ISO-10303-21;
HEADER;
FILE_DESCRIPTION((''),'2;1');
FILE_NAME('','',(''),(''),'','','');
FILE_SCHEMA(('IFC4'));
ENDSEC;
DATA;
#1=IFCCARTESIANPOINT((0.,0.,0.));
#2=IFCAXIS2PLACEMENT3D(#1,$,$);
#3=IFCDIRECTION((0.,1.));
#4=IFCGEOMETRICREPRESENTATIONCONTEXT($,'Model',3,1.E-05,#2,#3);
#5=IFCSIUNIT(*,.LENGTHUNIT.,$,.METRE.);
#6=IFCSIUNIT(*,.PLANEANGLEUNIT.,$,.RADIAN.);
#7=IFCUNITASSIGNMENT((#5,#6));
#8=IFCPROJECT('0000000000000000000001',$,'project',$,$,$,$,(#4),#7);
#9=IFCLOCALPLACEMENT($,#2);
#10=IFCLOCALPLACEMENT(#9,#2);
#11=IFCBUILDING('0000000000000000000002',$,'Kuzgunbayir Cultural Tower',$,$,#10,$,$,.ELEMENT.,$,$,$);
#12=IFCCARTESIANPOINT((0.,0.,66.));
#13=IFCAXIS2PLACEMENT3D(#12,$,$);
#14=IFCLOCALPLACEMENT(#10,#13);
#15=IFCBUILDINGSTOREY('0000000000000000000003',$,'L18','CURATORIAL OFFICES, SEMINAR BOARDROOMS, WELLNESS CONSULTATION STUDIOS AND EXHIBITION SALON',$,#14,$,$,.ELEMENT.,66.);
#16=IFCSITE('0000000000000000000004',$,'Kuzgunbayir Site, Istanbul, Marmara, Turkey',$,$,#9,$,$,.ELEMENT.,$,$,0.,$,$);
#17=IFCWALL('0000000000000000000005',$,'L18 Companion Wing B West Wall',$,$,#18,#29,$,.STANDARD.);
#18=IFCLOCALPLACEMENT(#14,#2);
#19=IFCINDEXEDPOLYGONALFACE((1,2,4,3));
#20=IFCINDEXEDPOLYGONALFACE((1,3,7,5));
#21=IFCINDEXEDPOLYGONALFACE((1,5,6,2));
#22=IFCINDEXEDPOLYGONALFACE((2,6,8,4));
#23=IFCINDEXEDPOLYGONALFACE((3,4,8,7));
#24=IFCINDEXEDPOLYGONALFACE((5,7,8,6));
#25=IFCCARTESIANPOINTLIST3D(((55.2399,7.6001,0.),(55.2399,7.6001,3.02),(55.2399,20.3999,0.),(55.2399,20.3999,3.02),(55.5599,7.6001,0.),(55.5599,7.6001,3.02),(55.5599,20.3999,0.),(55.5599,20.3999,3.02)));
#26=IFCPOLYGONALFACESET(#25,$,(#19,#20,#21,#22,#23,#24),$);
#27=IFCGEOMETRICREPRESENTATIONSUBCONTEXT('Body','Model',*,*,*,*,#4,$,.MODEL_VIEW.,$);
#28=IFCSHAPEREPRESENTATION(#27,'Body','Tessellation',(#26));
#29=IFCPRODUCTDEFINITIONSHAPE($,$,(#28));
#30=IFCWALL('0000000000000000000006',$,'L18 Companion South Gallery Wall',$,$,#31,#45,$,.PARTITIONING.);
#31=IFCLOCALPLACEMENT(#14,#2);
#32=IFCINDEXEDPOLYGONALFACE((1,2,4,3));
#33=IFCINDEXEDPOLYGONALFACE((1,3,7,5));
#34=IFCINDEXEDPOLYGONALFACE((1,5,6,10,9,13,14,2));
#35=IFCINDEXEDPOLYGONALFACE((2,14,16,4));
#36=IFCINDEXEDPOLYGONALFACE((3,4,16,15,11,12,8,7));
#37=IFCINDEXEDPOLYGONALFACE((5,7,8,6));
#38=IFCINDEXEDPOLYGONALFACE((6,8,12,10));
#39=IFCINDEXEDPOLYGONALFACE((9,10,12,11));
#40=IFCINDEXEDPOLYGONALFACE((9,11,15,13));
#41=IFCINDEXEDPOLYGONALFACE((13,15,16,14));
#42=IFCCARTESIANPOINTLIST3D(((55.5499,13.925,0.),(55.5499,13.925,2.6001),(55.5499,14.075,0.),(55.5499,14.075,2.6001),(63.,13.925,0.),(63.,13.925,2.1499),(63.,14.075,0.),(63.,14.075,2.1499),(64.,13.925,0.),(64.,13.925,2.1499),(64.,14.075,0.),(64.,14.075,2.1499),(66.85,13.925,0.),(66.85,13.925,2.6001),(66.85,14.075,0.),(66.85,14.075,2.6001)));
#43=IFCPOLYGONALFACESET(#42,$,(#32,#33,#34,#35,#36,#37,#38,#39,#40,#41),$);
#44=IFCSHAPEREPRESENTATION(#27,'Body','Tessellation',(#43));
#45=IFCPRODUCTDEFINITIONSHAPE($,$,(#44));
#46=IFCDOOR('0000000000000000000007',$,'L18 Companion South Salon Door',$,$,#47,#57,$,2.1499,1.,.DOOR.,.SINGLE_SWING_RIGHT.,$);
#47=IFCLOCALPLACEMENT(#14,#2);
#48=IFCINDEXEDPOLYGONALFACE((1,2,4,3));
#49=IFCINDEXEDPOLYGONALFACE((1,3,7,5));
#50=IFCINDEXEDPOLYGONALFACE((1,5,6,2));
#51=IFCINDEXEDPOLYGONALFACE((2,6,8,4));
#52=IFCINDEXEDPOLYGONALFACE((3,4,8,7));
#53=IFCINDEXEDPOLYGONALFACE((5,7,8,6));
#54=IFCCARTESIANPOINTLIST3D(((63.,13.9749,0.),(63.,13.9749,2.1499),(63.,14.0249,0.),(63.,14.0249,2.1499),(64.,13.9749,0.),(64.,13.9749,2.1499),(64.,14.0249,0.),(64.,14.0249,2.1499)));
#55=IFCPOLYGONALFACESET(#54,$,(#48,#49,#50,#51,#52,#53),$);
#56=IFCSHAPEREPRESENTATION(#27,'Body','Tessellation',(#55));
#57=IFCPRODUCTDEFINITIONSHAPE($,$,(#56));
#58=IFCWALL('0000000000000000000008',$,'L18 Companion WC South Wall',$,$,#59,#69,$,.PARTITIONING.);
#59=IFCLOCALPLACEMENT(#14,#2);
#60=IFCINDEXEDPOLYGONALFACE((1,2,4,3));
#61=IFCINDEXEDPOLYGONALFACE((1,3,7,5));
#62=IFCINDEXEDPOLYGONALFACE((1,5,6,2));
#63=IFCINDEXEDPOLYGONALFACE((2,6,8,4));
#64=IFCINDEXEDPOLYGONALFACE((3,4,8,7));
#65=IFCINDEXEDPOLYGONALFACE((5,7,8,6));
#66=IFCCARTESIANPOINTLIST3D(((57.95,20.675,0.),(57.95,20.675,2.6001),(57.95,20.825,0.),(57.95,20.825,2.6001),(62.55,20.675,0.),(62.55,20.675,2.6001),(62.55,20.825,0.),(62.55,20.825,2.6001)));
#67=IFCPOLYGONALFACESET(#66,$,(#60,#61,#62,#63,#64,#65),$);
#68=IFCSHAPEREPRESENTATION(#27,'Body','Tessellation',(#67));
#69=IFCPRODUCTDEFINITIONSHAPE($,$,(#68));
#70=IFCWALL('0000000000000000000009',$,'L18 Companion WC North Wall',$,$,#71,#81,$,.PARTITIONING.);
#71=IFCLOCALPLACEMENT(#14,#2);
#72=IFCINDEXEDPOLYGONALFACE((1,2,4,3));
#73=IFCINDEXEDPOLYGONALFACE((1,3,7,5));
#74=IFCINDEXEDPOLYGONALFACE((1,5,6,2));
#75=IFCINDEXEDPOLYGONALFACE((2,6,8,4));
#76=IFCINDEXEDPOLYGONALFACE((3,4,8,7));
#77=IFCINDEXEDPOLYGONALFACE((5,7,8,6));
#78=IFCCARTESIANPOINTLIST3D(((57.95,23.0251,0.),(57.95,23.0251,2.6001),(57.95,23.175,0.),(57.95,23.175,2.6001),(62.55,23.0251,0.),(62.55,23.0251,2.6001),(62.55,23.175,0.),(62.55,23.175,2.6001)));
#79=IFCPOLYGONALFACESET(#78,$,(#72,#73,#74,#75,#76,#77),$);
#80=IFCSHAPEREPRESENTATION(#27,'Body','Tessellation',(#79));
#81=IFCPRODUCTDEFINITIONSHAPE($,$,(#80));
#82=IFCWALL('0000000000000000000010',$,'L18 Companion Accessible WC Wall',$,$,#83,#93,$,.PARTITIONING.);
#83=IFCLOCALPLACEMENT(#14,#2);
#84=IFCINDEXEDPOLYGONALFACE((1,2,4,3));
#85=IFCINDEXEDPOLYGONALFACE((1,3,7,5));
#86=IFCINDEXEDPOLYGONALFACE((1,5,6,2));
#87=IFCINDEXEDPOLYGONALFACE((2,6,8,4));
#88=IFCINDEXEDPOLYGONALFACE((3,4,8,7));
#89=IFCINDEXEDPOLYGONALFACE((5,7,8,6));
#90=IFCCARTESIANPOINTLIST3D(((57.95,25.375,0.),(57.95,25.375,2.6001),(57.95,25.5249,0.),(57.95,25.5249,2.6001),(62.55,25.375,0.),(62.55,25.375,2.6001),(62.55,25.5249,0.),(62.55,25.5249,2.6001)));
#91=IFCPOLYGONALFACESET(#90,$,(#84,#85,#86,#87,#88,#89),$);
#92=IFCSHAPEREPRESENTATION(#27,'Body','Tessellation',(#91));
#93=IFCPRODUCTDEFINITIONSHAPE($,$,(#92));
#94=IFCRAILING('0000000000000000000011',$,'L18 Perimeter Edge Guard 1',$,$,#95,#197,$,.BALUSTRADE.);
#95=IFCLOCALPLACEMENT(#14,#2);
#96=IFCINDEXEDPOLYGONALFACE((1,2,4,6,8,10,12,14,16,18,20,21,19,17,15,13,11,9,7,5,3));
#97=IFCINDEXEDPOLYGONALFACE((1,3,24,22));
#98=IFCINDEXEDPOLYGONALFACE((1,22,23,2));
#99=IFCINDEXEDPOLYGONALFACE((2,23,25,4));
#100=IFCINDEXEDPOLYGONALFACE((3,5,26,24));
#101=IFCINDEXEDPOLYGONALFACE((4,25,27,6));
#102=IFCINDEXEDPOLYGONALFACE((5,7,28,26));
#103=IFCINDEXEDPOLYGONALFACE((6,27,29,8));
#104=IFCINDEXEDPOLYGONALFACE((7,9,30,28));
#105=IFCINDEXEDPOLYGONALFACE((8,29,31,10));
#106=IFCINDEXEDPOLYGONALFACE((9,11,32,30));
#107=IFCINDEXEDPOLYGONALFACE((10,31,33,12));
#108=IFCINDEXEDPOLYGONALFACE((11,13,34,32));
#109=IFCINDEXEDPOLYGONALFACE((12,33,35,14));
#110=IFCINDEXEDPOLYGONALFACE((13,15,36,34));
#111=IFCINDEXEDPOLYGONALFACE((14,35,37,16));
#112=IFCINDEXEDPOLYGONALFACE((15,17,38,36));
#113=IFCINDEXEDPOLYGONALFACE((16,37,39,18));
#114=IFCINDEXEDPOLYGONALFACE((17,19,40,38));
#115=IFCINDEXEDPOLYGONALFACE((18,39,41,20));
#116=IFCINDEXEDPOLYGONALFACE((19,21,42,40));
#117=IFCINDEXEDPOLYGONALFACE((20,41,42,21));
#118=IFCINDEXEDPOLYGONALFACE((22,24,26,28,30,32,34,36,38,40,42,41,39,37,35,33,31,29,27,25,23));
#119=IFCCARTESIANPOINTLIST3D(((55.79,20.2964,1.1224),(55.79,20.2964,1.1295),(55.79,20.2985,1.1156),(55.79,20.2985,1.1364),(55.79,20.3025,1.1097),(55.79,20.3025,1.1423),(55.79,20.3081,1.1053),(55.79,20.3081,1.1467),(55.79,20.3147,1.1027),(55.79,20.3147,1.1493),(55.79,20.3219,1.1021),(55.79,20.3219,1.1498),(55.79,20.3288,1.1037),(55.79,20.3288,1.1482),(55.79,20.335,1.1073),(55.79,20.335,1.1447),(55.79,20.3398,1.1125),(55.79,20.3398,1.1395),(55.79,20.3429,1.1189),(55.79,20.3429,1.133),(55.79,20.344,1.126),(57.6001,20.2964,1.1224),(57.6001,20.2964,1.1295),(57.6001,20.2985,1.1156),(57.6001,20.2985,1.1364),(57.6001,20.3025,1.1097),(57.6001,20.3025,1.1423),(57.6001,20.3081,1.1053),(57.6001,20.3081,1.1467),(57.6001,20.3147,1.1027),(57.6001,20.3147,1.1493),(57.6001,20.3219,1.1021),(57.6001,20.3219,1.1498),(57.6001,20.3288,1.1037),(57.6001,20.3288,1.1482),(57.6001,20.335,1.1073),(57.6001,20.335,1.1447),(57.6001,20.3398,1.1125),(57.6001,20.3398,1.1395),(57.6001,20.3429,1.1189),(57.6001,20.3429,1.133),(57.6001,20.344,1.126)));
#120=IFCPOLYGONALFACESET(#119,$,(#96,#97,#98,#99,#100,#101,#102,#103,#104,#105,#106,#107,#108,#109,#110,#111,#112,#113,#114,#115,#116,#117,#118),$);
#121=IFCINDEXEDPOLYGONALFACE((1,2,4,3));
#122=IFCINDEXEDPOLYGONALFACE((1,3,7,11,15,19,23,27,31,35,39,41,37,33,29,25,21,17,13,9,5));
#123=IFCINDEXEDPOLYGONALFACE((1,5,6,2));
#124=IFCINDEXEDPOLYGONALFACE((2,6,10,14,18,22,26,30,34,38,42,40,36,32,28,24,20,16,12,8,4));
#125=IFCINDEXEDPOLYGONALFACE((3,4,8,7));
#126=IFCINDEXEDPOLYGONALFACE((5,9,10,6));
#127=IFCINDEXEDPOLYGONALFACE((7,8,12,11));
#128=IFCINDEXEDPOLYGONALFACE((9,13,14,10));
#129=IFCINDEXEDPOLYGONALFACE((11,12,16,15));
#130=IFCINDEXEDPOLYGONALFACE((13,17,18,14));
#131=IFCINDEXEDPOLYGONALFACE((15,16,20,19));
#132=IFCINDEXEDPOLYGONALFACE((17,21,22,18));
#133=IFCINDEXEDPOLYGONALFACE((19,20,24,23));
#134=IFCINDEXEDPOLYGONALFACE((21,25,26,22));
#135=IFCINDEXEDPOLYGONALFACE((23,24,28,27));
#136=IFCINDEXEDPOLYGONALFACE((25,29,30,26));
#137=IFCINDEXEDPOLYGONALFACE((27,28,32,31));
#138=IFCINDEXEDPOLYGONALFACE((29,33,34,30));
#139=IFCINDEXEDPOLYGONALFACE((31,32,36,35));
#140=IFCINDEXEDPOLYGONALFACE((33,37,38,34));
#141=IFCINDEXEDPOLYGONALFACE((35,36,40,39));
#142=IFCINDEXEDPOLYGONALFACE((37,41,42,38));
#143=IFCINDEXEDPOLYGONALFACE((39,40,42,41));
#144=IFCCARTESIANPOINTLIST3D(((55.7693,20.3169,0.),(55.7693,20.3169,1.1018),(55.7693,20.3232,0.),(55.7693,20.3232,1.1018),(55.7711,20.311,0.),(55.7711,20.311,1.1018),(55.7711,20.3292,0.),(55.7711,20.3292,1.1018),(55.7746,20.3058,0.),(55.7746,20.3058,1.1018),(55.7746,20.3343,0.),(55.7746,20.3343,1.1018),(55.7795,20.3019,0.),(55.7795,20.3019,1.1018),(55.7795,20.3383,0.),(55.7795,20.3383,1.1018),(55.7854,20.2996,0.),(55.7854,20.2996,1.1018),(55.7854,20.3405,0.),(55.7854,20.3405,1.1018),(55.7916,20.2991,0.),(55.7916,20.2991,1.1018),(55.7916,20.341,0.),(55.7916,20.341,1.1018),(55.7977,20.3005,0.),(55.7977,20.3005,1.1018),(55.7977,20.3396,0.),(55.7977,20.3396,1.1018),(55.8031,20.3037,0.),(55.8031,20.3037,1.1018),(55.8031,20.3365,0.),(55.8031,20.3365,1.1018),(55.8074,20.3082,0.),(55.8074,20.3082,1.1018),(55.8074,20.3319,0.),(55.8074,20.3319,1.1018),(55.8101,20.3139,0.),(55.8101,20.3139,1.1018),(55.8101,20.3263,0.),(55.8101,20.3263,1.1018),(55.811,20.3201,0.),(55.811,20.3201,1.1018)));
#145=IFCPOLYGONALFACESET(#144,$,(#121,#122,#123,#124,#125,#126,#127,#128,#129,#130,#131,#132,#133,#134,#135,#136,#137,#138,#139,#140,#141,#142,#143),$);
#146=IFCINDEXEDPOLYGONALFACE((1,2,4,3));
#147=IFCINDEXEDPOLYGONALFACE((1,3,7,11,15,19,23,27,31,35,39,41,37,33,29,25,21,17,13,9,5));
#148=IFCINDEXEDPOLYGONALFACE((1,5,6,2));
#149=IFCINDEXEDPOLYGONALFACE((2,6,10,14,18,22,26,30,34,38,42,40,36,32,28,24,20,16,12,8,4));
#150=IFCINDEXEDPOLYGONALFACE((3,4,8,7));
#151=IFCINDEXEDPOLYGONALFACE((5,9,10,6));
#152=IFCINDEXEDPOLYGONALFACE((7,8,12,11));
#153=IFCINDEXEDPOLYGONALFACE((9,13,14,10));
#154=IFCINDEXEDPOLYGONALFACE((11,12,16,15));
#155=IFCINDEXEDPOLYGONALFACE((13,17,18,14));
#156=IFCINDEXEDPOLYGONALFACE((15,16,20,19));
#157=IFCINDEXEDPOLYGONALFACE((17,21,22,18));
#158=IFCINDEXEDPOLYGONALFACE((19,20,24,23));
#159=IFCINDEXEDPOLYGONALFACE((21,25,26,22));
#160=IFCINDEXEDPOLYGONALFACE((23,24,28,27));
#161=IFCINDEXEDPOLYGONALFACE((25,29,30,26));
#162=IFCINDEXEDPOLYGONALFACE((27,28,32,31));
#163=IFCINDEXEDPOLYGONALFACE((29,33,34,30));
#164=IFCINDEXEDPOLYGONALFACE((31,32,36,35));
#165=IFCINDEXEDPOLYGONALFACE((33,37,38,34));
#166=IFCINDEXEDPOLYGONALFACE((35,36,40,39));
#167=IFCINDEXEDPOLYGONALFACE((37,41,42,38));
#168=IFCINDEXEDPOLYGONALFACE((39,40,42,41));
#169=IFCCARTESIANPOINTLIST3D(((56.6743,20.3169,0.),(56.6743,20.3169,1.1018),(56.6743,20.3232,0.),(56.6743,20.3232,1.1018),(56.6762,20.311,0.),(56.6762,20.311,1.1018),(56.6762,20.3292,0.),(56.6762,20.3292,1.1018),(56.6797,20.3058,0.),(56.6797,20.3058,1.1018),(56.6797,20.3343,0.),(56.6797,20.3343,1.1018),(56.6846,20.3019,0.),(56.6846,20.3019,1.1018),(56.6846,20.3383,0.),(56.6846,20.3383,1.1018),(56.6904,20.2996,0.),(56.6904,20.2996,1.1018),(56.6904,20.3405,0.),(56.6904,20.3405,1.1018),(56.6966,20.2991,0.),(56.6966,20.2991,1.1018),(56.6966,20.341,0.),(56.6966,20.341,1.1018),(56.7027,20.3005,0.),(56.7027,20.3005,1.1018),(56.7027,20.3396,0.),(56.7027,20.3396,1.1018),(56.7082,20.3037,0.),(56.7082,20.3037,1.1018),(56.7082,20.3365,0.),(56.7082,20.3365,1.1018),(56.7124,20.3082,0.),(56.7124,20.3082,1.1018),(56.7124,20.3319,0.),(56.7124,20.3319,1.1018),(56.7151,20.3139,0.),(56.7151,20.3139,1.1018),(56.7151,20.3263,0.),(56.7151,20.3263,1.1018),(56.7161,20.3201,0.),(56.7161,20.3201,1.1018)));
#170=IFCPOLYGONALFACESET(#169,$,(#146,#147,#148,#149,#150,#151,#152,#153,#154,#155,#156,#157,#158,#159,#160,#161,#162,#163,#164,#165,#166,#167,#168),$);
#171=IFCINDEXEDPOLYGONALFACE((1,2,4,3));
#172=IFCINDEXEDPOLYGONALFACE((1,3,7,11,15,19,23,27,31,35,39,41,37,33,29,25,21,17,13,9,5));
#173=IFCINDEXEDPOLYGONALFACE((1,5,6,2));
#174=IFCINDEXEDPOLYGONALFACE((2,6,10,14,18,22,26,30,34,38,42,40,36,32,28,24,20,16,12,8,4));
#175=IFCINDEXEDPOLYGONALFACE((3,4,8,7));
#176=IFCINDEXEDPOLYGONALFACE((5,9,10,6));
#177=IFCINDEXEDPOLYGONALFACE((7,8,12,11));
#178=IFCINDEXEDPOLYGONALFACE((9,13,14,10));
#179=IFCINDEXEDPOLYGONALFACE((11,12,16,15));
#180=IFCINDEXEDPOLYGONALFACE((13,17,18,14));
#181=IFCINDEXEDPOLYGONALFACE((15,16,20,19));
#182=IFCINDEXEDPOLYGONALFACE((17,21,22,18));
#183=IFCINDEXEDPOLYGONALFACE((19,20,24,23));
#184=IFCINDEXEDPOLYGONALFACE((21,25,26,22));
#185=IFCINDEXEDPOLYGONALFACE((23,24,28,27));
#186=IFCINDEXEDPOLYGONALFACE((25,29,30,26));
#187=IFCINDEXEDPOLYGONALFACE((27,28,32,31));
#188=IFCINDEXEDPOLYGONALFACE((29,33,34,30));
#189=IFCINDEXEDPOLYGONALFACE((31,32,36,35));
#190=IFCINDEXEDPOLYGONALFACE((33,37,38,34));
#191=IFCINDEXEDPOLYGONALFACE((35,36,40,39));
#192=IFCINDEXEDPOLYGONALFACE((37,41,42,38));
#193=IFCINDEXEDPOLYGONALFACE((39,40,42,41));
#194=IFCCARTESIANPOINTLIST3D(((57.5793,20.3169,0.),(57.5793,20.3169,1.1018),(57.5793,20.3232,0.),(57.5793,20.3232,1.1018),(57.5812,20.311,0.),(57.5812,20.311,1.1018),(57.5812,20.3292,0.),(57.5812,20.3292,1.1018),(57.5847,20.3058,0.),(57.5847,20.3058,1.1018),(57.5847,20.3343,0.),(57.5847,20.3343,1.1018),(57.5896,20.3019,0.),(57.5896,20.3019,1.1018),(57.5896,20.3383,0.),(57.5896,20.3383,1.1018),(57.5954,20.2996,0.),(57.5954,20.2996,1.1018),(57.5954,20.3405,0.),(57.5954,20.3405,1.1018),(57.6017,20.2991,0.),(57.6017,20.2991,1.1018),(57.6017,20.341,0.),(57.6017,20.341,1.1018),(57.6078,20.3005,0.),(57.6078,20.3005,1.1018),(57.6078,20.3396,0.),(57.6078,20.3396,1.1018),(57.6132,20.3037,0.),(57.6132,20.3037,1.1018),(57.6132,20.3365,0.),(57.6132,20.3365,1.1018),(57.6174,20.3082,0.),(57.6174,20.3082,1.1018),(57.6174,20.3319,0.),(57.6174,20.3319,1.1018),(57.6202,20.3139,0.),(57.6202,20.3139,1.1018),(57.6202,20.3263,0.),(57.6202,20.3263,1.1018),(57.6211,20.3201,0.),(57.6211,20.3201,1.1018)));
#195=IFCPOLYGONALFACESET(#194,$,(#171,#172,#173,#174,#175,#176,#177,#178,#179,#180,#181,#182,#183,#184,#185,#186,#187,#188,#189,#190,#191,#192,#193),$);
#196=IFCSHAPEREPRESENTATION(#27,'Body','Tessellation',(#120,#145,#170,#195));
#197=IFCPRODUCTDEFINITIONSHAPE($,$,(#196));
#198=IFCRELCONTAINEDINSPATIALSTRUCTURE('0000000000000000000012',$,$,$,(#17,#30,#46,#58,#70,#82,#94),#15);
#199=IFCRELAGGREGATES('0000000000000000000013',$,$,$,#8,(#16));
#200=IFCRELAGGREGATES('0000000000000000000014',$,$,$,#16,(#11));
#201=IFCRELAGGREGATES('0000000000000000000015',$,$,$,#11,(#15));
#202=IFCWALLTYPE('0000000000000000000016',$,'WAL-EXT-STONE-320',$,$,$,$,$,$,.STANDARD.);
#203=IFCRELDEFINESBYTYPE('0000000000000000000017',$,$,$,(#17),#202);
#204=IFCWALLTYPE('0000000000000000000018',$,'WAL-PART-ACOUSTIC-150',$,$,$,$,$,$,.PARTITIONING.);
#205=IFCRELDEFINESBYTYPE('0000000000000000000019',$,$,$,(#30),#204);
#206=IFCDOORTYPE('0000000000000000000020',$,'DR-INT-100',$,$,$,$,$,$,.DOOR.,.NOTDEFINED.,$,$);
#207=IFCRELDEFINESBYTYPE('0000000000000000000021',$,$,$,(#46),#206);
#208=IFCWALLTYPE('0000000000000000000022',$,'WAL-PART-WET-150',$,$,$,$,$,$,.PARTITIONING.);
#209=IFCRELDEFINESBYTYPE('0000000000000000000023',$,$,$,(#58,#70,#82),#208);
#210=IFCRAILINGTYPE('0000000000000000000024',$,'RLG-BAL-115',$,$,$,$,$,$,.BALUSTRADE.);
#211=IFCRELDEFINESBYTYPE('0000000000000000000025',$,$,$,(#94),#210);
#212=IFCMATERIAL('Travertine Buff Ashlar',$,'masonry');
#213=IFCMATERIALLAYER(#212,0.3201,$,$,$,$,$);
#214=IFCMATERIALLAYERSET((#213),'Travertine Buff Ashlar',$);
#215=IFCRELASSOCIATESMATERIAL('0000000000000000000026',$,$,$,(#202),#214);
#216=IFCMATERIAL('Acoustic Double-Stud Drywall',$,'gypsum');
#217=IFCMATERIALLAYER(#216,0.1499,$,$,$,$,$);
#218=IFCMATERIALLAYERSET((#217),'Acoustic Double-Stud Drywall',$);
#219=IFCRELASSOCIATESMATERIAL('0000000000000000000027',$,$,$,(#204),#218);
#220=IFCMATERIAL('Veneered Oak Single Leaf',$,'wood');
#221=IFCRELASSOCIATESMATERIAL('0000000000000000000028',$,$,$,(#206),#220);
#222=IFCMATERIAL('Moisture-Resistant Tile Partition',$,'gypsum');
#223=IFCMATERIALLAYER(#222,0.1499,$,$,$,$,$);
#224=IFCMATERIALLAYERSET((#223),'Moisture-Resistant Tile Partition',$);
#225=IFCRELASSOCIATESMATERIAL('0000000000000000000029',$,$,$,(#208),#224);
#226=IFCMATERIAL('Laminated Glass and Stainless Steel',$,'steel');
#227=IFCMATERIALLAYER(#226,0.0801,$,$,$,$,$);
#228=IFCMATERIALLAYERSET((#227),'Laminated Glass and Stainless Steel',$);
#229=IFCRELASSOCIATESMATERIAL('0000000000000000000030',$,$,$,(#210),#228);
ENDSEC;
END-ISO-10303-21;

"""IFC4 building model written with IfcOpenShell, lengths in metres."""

from ifc_helpers import new_model, si_unit, direction, frame, frame_2d, origin, origin_2d, place, context, subcontext, project, spatial, rectangle, circle, extrude, material, layer, layer_set, type_object, element, fill, save


model = new_model("IFC4")

# Units and contexts
model_context = context("Model", 3, precision=1e-05, world=origin(), true_north=direction((0.0, 1.0)))
body_context = subcontext(model_context, "Body", "Model", "MODEL_VIEW")
ifc_project = project(units=[si_unit("LENGTHUNIT", "METRE"), si_unit("PLANEANGLEUNIT", "RADIAN")], contexts=[model_context])

# Site, building, storey
site_placement = place(None, origin())
site = spatial("IfcSite", under=ifc_project, at=site_placement, Name="Kuzgunbayir Site, Istanbul, Marmara, Turkey", CompositionType="ELEMENT", RefElevation=0.0)
building_placement = place(site_placement, origin())
building = spatial("IfcBuilding", under=site, at=building_placement, Name="Kuzgunbayir Cultural Tower", CompositionType="ELEMENT")
storey_placement = place(building_placement, frame((0.0, 0.0, 66.0)))
storey = spatial("IfcBuildingStorey", under=building, at=storey_placement, Name="L18", Description="CURATORIAL OFFICES, SEMINAR BOARDROOMS, WELLNESS CONSULTATION STUDIOS AND EXHIBITION SALON", CompositionType="ELEMENT", Elevation=66.0)

# Shared definitions
ifc_material_1 = material(Name="Travertine Buff Ashlar", Category="masonry")
ifc_layer_1 = layer(ifc_material_1, 0.3201)
ifc_layer_set_1 = layer_set([ifc_layer_1], Name="Travertine Buff Ashlar")
wall_type_1 = type_object("IfcWallType", Name="WAL-EXT-STONE-320", PredefinedType="STANDARD", material=ifc_layer_set_1)

# Wall
wall_1_placement = place(storey_placement, frame((55.3999, 20.3999, 0.0), z_axis=(0.0, 0.0, 1.0), x_axis=(0.0, -1.0, 0.0)))
element("IfcWall", 1, at=wall_1_placement, inside=storey, type_object=wall_type_1, Name="L18 Companion Wing B West Wall", PredefinedType="STANDARD", context=body_context, shape_type="SweptSolid", body=[
    extrude(rectangle(XDim=12.7998, YDim=0.3201, at=frame_2d((6.3999, 0.0))), origin(), (0.0, 0.0, 1.0), 3.02),
])

# Wall, opening, door
ifc_material_2 = material(Name="Acoustic Double-Stud Drywall", Category="gypsum")
ifc_layer_2 = layer(ifc_material_2, 0.1499)
ifc_layer_set_2 = layer_set([ifc_layer_2], Name="Acoustic Double-Stud Drywall")
wall_type_2 = type_object("IfcWallType", Name="WAL-PART-ACOUSTIC-150", PredefinedType="PARTITIONING", material=ifc_layer_set_2)
wall_2_placement = place(storey_placement, frame((55.55, 14.0, 0.0), z_axis=(0.0, 0.0, 1.0), x_axis=(1.0, 0.0, 0.0)))
wall_2 = element("IfcWall", 2, at=wall_2_placement, inside=storey, type_object=wall_type_2, Name="L18 Companion South Gallery Wall", PredefinedType="PARTITIONING", context=body_context, shape_type="SweptSolid", body=[
    extrude(rectangle(XDim=11.3, YDim=0.1499, at=frame_2d((5.6499, 0.0))), origin(), (0.0, 0.0, 1.0), 2.6001),
])
opening_1_placement = place(wall_2_placement, frame((7.45, 0.0, 0.0)))
opening_1 = element("IfcOpeningElement", 3, at=opening_1_placement, cuts=wall_2, PredefinedType="OPENING", context=body_context, shape_type="SweptSolid", body=[
    extrude(rectangle(XDim=1.0, YDim=2.1499, at=frame_2d((0.5, 1.075))), frame((0.0, 0.085, 0.0), z_axis=(0.0, -1.0, 0.0), x_axis=(1.0, 0.0, 0.0)), (0.0, 0.0, 1.0), 0.1699),
])
ifc_material_3 = material(Name="Veneered Oak Single Leaf", Category="wood")
door_type = type_object("IfcDoorType", Name="DR-INT-100", OperationType="NOTDEFINED", PredefinedType="DOOR", material=ifc_material_3)
door_placement = place(opening_1_placement, origin())
door = element("IfcDoor", 4, at=door_placement, inside=storey, type_object=door_type, Name="L18 Companion South Salon Door", OperationType="SINGLE_SWING_RIGHT", OverallHeight=2.1499, OverallWidth=1.0, PredefinedType="DOOR", context=body_context, shape_type="SweptSolid", body=[
    extrude(rectangle(XDim=1.0, YDim=2.1499, at=frame_2d((0.5, 1.075))), frame((0.0, 0.0249, 0.0), z_axis=(0.0, -1.0, 0.0), x_axis=(1.0, 0.0, 0.0)), (0.0, 0.0, 1.0), 0.05),
])
fill(opening_1, door)

# Walls
ifc_material_4 = material(Name="Moisture-Resistant Tile Partition", Category="gypsum")
ifc_layer_3 = layer(ifc_material_4, 0.1499)
ifc_layer_set_3 = layer_set([ifc_layer_3], Name="Moisture-Resistant Tile Partition")
wall_type_3 = type_object("IfcWallType", Name="WAL-PART-WET-150", PredefinedType="PARTITIONING", material=ifc_layer_set_3)
for number, where, z_axis, x_axis, name in (
    (5, (57.95, 20.75, 0.0), (0.0, 0.0, 1.0), (1.0, 0.0, 0.0), "L18 Companion WC South Wall"),
    (6, (57.95, 23.1001, 0.0), (0.0, 0.0, 1.0), (1.0, 0.0, 0.0), "L18 Companion WC North Wall"),
    (7, (57.95, 25.45, 0.0), (0.0, 0.0, 1.0), (1.0, 0.0, 0.0), "L18 Companion Accessible WC Wall"),
):
    element("IfcWall", number, at=place(storey_placement, frame(where, z_axis=z_axis, x_axis=x_axis)), inside=storey, type_object=wall_type_3, Name=name, PredefinedType="PARTITIONING", context=body_context, shape_type="SweptSolid", body=[
        extrude(rectangle(XDim=4.6001, YDim=0.1499, at=frame_2d((2.3, 0.0))), origin(), (0.0, 0.0, 1.0), 2.6001),
    ])

# Railing
ifc_material_5 = material(Name="Laminated Glass and Stainless Steel", Category="steel")
ifc_layer_4 = layer(ifc_material_5, 0.0801)
ifc_layer_set_4 = layer_set([ifc_layer_4], Name="Laminated Glass and Stainless Steel")
railing_type = type_object("IfcRailingType", Name="RLG-BAL-115", PredefinedType="BALUSTRADE", material=ifc_layer_set_4)
railing_placement = place(storey_placement, frame((55.79, 20.3201, 0.0)))
element("IfcRailing", 8, at=railing_placement, inside=storey, type_object=railing_type, Name="L18 Perimeter Edge Guard 1", PredefinedType="BALUSTRADE", context=body_context, shape_type="SweptSolid", body=[
    extrude(circle(Radius=0.0239, at=origin_2d()), frame((0.0, 0.0, 1.126), z_axis=(1.0, 0.0, 0.0), x_axis=(0.0, 1.0, 0.0)), (0.0, 0.0, 1.0), 1.8101),
    extrude(circle(Radius=0.021, at=origin_2d()), origin(), (0.0, 0.0, 1.0), 1.1018),
    extrude(circle(Radius=0.021, at=origin_2d()), frame((0.905, 0.0, 0.0)), (0.0, 0.0, 1.0), 1.1018),
    extrude(circle(Radius=0.021, at=origin_2d()), frame((1.8101, 0.0, 0.0)), (0.0, 0.0, 1.0), 1.1018),
])

save(model, "model.ifc")
